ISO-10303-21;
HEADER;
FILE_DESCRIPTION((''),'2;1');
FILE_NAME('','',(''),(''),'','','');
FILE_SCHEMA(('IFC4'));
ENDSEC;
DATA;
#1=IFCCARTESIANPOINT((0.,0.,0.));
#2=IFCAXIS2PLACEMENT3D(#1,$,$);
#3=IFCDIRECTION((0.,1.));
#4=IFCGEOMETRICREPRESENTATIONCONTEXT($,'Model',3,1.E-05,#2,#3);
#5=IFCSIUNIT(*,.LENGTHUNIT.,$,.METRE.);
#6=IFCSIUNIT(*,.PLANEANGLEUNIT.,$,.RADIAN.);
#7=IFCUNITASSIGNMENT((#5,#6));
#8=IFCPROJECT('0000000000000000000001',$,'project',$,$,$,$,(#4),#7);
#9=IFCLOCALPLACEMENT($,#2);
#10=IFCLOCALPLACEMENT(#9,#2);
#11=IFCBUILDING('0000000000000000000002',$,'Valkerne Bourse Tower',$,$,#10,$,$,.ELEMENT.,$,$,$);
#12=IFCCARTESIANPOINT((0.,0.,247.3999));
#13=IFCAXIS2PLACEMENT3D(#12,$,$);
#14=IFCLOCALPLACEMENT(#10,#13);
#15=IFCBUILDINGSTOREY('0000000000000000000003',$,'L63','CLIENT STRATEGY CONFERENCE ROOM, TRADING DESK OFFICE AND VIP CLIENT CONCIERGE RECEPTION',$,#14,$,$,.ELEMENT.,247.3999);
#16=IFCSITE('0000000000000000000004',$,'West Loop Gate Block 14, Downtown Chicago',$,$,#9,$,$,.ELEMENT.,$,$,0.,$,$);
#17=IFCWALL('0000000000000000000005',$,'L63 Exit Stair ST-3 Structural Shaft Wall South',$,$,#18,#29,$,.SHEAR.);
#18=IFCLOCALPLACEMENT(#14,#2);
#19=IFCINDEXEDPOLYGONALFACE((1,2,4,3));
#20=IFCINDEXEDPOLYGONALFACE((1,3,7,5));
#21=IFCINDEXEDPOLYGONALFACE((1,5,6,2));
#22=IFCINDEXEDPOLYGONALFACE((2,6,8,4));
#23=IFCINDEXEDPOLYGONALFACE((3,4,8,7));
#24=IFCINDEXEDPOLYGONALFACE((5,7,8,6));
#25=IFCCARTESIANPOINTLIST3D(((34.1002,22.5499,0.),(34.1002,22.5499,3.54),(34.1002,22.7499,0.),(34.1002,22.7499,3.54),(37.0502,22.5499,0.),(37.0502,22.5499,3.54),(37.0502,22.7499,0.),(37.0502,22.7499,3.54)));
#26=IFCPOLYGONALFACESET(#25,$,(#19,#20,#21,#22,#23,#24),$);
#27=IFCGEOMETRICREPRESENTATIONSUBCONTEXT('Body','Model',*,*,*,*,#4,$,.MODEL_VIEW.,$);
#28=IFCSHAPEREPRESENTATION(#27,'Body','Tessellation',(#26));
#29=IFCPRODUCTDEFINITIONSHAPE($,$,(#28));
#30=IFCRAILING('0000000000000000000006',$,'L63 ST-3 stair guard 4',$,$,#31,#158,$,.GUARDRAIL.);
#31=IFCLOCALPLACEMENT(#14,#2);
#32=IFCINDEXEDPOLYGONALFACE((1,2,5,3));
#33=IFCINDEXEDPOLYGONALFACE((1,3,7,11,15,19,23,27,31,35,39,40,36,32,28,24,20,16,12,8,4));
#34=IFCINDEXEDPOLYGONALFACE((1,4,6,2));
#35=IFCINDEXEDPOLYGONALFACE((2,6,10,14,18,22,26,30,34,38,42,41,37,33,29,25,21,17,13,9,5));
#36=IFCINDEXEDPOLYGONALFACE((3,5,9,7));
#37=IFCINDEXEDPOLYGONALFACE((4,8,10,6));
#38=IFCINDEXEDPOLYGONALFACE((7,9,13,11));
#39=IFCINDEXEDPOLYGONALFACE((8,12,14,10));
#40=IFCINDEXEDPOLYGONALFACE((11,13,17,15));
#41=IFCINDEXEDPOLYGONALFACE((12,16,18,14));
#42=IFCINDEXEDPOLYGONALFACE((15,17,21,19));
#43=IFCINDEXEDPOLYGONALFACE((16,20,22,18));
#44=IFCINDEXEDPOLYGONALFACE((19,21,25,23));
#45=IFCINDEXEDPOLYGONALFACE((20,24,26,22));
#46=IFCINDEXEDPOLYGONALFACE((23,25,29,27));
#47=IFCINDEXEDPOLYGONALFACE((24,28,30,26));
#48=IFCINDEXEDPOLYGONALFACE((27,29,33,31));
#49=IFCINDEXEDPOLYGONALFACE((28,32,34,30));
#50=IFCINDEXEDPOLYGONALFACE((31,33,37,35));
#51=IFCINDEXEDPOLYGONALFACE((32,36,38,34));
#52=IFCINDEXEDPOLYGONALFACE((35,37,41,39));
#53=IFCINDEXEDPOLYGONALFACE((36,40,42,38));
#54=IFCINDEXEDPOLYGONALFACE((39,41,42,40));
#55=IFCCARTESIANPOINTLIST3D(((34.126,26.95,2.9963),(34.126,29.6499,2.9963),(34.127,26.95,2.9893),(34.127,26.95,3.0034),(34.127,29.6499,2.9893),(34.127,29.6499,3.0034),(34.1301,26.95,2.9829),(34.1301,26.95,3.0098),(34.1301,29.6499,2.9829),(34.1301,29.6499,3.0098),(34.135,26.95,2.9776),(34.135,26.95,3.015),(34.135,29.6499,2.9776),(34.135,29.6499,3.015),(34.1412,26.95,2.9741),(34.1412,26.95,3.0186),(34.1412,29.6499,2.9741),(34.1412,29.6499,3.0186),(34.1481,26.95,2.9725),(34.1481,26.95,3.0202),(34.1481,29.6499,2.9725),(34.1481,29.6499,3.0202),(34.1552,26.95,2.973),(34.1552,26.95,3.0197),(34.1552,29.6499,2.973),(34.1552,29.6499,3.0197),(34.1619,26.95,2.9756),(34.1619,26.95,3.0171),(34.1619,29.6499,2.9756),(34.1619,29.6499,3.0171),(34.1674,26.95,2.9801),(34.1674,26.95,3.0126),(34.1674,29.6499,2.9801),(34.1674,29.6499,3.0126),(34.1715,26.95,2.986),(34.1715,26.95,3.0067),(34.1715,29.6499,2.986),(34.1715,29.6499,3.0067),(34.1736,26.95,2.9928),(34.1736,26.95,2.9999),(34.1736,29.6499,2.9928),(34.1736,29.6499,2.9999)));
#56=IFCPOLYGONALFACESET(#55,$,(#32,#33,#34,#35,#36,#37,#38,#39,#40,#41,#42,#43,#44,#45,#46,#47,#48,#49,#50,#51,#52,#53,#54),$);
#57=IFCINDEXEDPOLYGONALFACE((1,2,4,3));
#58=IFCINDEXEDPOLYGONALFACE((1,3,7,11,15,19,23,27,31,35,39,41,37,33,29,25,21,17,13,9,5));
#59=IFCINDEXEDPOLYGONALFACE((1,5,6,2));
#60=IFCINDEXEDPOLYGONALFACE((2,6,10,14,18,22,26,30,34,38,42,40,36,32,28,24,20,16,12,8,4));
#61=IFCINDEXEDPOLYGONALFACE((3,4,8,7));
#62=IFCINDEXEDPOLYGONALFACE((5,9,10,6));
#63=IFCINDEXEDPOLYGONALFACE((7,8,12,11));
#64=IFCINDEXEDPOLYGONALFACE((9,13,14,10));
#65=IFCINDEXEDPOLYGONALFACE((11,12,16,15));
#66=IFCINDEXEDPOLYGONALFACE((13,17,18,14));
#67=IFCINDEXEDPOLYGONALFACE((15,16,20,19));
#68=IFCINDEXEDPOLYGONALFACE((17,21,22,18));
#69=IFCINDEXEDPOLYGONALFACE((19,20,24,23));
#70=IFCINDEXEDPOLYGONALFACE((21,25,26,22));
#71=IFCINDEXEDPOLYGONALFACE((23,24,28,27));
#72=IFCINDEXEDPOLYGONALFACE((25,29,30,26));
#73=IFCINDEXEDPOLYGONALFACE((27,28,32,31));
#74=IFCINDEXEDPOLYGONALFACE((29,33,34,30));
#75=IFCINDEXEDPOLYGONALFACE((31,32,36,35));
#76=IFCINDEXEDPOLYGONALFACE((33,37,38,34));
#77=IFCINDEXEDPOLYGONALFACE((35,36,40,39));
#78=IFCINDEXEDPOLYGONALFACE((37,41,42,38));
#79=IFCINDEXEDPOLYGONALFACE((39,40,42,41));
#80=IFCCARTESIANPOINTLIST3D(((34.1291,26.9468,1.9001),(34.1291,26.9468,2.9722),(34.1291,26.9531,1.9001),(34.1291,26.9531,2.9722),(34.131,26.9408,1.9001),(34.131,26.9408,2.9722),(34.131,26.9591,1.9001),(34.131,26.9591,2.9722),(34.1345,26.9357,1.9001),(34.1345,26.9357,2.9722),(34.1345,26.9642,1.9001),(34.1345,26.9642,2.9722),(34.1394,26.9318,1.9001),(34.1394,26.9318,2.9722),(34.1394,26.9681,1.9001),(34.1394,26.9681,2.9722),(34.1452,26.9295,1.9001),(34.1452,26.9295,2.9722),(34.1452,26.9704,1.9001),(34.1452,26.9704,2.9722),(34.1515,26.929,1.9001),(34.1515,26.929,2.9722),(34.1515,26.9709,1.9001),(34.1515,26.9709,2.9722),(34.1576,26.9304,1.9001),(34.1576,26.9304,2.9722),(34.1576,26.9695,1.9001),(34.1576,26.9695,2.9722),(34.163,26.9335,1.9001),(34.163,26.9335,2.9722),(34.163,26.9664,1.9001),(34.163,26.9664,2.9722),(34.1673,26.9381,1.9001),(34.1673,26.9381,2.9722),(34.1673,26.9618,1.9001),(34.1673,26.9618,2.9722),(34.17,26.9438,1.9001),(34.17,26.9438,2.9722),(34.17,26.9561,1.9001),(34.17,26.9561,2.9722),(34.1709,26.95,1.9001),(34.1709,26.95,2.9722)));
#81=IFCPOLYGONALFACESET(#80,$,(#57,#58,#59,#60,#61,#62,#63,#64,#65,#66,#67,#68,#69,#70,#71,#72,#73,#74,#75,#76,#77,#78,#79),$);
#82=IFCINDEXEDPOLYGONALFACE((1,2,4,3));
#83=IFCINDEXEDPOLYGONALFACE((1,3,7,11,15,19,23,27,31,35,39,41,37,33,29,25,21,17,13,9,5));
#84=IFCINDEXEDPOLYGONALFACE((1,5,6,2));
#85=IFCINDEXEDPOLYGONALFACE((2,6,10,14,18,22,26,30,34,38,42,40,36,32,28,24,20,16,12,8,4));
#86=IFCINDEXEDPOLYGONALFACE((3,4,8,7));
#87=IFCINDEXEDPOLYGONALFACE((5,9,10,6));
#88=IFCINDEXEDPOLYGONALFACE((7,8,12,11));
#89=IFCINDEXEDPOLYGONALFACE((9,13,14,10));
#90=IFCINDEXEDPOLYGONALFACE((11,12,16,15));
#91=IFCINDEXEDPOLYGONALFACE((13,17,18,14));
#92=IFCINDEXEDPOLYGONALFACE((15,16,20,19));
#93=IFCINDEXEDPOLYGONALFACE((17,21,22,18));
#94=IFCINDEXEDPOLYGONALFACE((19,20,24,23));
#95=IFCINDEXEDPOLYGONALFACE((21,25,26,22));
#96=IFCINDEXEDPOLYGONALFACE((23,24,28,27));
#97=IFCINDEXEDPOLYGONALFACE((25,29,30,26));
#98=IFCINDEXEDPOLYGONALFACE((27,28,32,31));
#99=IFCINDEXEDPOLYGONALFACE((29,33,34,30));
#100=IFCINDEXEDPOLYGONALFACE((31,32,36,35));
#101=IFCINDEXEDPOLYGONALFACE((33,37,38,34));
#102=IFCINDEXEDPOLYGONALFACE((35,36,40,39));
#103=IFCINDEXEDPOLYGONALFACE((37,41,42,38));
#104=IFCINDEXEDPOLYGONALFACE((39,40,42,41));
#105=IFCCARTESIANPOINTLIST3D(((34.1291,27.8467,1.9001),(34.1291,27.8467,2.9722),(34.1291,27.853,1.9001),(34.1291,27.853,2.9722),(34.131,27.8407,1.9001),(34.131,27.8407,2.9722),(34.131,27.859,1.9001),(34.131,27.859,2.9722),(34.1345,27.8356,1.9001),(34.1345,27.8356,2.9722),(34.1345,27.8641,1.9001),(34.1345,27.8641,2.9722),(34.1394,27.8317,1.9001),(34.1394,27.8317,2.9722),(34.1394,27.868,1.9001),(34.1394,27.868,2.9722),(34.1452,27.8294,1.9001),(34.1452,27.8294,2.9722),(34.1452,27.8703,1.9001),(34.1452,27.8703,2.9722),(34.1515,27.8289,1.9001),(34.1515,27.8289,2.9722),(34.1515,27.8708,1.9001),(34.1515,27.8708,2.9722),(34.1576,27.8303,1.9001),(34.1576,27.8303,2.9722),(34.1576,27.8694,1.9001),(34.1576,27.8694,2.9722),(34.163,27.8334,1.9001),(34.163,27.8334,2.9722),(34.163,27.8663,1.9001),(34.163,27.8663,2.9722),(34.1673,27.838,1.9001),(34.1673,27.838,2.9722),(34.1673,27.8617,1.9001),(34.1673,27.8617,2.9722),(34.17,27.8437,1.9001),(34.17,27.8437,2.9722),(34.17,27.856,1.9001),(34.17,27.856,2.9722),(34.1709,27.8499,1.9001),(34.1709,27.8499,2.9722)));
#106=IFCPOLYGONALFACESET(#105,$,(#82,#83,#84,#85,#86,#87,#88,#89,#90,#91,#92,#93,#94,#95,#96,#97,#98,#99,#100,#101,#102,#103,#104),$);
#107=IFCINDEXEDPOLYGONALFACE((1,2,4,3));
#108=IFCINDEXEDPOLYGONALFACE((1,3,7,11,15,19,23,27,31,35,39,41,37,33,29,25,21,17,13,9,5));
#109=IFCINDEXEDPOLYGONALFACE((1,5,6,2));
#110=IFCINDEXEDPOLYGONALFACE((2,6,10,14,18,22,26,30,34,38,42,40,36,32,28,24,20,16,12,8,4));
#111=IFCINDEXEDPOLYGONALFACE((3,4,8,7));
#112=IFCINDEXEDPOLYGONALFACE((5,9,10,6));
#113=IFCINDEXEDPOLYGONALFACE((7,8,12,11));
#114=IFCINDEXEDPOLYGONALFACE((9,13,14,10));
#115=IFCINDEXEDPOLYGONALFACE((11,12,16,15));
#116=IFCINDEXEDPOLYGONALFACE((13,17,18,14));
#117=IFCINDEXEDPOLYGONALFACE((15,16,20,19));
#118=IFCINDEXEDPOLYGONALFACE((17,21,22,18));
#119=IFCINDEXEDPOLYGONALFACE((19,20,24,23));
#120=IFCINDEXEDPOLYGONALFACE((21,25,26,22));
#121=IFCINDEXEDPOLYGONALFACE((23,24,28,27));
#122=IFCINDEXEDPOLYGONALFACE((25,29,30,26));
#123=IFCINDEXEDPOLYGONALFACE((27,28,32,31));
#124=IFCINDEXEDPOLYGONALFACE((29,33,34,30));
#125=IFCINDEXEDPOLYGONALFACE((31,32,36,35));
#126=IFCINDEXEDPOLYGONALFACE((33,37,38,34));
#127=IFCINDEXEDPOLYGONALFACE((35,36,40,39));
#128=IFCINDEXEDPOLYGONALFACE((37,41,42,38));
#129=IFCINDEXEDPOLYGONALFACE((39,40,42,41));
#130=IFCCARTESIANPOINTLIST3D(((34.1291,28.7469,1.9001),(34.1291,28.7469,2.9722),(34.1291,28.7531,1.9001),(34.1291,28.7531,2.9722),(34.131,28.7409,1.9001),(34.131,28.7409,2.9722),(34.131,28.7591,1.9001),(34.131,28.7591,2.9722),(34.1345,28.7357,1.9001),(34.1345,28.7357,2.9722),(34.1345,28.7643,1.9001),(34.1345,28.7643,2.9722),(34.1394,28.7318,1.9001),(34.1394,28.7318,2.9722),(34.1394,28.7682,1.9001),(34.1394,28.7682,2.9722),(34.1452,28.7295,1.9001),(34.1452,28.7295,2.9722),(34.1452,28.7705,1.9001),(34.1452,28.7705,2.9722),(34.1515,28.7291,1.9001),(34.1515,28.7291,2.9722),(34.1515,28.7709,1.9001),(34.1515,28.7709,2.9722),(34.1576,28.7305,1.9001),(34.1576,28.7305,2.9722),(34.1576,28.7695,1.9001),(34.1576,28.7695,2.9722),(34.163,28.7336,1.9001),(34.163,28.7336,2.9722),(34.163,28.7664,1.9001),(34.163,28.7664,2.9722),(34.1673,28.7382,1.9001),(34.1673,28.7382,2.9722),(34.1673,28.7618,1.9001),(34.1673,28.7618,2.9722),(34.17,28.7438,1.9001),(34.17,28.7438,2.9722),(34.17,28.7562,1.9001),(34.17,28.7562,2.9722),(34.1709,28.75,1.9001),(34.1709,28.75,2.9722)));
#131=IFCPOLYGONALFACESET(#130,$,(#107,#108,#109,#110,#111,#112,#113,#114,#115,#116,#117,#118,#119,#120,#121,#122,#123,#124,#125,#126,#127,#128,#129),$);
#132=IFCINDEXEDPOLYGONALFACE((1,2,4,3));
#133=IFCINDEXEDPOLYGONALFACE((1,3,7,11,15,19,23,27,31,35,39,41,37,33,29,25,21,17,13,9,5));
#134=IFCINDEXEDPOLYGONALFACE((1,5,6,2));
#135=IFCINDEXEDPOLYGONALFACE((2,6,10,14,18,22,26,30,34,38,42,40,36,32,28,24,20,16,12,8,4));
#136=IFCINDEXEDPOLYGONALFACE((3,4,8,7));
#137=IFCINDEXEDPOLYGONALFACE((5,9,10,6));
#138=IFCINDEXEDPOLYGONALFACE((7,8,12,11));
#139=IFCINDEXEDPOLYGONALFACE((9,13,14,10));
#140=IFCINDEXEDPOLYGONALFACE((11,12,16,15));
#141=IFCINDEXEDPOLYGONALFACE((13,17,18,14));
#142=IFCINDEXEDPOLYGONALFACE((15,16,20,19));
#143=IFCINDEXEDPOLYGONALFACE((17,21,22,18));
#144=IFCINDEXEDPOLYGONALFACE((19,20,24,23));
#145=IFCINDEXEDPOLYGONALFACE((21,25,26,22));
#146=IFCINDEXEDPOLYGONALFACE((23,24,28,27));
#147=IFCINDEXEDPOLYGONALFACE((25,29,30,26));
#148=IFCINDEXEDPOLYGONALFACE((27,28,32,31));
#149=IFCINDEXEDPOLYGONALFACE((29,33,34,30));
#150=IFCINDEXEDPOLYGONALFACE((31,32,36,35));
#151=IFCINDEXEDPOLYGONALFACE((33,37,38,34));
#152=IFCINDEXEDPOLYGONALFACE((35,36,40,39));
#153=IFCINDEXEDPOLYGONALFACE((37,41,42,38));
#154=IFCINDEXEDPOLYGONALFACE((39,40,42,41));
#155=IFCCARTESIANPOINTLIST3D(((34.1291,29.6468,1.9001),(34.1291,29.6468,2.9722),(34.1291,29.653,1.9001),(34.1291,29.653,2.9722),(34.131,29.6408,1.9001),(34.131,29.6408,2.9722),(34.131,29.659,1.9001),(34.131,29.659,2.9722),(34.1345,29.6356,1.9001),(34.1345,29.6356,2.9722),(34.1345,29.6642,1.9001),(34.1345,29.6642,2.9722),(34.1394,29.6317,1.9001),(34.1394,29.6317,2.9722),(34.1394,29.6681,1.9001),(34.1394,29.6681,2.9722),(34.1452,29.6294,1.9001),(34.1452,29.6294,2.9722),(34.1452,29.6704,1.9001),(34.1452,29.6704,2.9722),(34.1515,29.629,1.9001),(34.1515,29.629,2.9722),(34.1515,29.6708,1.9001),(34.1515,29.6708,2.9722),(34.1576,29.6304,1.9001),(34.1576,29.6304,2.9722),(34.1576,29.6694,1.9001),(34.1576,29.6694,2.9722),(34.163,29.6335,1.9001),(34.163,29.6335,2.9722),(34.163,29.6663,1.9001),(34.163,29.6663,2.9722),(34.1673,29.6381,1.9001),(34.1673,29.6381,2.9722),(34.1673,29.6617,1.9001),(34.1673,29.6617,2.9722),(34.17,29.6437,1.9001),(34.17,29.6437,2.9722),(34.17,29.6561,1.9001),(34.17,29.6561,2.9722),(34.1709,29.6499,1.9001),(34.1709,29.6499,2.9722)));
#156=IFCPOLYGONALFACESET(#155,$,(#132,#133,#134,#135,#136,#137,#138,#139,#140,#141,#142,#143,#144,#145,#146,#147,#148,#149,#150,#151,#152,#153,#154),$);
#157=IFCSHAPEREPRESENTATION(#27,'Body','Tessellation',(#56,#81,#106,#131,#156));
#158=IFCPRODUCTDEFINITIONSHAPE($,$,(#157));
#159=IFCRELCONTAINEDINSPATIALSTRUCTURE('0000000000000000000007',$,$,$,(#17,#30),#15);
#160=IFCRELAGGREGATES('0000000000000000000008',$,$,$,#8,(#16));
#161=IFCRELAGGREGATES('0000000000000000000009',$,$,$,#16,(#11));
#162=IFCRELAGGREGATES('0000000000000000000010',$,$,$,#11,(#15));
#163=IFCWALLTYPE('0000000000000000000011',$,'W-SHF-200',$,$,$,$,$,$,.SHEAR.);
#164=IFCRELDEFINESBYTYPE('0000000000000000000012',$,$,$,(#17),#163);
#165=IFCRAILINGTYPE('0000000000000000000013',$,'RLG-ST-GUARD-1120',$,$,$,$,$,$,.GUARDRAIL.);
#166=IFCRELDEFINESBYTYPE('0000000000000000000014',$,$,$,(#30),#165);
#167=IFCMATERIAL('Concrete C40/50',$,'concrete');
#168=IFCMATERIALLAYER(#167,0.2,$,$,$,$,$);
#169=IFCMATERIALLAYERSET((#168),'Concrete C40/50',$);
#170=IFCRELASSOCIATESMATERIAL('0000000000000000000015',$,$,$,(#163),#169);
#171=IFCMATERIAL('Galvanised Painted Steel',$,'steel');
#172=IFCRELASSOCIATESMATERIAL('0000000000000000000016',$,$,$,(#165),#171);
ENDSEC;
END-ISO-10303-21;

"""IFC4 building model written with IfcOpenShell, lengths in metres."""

from ifc_helpers import new_model, si_unit, direction, frame, frame_2d, origin, origin_2d, place, context, subcontext, project, spatial, rectangle, circle, extrude, material, layer, layer_set, type_object, element, save


model = new_model("IFC4")

# Units and contexts
model_context = context("Model", 3, precision=1e-05, world=origin(), true_north=direction((0.0, 1.0)))
body_context = subcontext(model_context, "Body", "Model", "MODEL_VIEW")
ifc_project = project(units=[si_unit("LENGTHUNIT", "METRE"), si_unit("PLANEANGLEUNIT", "RADIAN")], contexts=[model_context])

# Site, building, storey
site_placement = place(None, origin())
site = spatial("IfcSite", under=ifc_project, at=site_placement, Name="West Loop Gate Block 14, Downtown Chicago", CompositionType="ELEMENT", RefElevation=0.0)
building_placement = place(site_placement, origin())
building = spatial("IfcBuilding", under=site, at=building_placement, Name="Valkerne Bourse Tower", CompositionType="ELEMENT")
storey_placement = place(building_placement, frame((0.0, 0.0, 247.3999)))
storey = spatial("IfcBuildingStorey", under=building, at=storey_placement, Name="L63", Description="CLIENT STRATEGY CONFERENCE ROOM, TRADING DESK OFFICE AND VIP CLIENT CONCIERGE RECEPTION", CompositionType="ELEMENT", Elevation=247.3999)

# Shared definitions
ifc_material_1 = material(Name="Concrete C40/50", Category="concrete")
ifc_layer_1 = layer(ifc_material_1, 0.2)
ifc_layer_set_1 = layer_set([ifc_layer_1], Name="Concrete C40/50")
wall_type_1 = type_object("IfcWallType", Name="W-SHF-200", PredefinedType="SHEAR", material=ifc_layer_set_1)
ifc_material_2 = material(Name="Galvanised Painted Steel", Category="steel")

# Wall
wall_1_placement = place(storey_placement, frame((34.1001, 22.6499, 0.0), z_axis=(0.0, 0.0, 1.0), x_axis=(1.0, 0.0, 0.0)))
element("IfcWall", 1, at=wall_1_placement, inside=storey, type_object=wall_type_1, Name="L63 Exit Stair ST-3 Structural Shaft Wall South", PredefinedType="SHEAR", context=body_context, shape_type="SweptSolid", body=[
    extrude(rectangle(XDim=2.95, YDim=0.2, at=frame_2d((1.4751, 0.0))), origin(), (0.0, 0.0, 1.0), 3.54),
])

# Railing
railing_type_1 = type_object("IfcRailingType", Name="RLG-ST-GUARD-1120", PredefinedType="GUARDRAIL", material=ifc_material_2)
railing_1_placement = place(storey_placement, frame((34.1499, 26.95, 1.9001)))
element("IfcRailing", 2, at=railing_1_placement, inside=storey, type_object=railing_type_1, Name="L63 ST-3 stair guard 4", PredefinedType="GUARDRAIL", context=body_context, shape_type="SweptSolid", body=[
    extrude(circle(Radius=0.0239, at=origin_2d()), frame((0.0, 0.0, 1.0962), z_axis=(0.0, 1.0, 0.0), x_axis=(-1.0, 0.0, 0.0)), (0.0, 0.0, 1.0), 2.7),
    extrude(circle(Radius=0.021, at=origin_2d()), origin(), (0.0, 0.0, 1.0), 1.072),
    extrude(circle(Radius=0.021, at=origin_2d()), frame((0.0, 0.8999, 0.0)), (0.0, 0.0, 1.0), 1.072),
    extrude(circle(Radius=0.021, at=origin_2d()), frame((0.0, 1.8, 0.0)), (0.0, 0.0, 1.0), 1.072),
    extrude(circle(Radius=0.021, at=origin_2d()), frame((0.0, 2.7, 0.0)), (0.0, 0.0, 1.0), 1.072),
])

save(model, "model.ifc")
